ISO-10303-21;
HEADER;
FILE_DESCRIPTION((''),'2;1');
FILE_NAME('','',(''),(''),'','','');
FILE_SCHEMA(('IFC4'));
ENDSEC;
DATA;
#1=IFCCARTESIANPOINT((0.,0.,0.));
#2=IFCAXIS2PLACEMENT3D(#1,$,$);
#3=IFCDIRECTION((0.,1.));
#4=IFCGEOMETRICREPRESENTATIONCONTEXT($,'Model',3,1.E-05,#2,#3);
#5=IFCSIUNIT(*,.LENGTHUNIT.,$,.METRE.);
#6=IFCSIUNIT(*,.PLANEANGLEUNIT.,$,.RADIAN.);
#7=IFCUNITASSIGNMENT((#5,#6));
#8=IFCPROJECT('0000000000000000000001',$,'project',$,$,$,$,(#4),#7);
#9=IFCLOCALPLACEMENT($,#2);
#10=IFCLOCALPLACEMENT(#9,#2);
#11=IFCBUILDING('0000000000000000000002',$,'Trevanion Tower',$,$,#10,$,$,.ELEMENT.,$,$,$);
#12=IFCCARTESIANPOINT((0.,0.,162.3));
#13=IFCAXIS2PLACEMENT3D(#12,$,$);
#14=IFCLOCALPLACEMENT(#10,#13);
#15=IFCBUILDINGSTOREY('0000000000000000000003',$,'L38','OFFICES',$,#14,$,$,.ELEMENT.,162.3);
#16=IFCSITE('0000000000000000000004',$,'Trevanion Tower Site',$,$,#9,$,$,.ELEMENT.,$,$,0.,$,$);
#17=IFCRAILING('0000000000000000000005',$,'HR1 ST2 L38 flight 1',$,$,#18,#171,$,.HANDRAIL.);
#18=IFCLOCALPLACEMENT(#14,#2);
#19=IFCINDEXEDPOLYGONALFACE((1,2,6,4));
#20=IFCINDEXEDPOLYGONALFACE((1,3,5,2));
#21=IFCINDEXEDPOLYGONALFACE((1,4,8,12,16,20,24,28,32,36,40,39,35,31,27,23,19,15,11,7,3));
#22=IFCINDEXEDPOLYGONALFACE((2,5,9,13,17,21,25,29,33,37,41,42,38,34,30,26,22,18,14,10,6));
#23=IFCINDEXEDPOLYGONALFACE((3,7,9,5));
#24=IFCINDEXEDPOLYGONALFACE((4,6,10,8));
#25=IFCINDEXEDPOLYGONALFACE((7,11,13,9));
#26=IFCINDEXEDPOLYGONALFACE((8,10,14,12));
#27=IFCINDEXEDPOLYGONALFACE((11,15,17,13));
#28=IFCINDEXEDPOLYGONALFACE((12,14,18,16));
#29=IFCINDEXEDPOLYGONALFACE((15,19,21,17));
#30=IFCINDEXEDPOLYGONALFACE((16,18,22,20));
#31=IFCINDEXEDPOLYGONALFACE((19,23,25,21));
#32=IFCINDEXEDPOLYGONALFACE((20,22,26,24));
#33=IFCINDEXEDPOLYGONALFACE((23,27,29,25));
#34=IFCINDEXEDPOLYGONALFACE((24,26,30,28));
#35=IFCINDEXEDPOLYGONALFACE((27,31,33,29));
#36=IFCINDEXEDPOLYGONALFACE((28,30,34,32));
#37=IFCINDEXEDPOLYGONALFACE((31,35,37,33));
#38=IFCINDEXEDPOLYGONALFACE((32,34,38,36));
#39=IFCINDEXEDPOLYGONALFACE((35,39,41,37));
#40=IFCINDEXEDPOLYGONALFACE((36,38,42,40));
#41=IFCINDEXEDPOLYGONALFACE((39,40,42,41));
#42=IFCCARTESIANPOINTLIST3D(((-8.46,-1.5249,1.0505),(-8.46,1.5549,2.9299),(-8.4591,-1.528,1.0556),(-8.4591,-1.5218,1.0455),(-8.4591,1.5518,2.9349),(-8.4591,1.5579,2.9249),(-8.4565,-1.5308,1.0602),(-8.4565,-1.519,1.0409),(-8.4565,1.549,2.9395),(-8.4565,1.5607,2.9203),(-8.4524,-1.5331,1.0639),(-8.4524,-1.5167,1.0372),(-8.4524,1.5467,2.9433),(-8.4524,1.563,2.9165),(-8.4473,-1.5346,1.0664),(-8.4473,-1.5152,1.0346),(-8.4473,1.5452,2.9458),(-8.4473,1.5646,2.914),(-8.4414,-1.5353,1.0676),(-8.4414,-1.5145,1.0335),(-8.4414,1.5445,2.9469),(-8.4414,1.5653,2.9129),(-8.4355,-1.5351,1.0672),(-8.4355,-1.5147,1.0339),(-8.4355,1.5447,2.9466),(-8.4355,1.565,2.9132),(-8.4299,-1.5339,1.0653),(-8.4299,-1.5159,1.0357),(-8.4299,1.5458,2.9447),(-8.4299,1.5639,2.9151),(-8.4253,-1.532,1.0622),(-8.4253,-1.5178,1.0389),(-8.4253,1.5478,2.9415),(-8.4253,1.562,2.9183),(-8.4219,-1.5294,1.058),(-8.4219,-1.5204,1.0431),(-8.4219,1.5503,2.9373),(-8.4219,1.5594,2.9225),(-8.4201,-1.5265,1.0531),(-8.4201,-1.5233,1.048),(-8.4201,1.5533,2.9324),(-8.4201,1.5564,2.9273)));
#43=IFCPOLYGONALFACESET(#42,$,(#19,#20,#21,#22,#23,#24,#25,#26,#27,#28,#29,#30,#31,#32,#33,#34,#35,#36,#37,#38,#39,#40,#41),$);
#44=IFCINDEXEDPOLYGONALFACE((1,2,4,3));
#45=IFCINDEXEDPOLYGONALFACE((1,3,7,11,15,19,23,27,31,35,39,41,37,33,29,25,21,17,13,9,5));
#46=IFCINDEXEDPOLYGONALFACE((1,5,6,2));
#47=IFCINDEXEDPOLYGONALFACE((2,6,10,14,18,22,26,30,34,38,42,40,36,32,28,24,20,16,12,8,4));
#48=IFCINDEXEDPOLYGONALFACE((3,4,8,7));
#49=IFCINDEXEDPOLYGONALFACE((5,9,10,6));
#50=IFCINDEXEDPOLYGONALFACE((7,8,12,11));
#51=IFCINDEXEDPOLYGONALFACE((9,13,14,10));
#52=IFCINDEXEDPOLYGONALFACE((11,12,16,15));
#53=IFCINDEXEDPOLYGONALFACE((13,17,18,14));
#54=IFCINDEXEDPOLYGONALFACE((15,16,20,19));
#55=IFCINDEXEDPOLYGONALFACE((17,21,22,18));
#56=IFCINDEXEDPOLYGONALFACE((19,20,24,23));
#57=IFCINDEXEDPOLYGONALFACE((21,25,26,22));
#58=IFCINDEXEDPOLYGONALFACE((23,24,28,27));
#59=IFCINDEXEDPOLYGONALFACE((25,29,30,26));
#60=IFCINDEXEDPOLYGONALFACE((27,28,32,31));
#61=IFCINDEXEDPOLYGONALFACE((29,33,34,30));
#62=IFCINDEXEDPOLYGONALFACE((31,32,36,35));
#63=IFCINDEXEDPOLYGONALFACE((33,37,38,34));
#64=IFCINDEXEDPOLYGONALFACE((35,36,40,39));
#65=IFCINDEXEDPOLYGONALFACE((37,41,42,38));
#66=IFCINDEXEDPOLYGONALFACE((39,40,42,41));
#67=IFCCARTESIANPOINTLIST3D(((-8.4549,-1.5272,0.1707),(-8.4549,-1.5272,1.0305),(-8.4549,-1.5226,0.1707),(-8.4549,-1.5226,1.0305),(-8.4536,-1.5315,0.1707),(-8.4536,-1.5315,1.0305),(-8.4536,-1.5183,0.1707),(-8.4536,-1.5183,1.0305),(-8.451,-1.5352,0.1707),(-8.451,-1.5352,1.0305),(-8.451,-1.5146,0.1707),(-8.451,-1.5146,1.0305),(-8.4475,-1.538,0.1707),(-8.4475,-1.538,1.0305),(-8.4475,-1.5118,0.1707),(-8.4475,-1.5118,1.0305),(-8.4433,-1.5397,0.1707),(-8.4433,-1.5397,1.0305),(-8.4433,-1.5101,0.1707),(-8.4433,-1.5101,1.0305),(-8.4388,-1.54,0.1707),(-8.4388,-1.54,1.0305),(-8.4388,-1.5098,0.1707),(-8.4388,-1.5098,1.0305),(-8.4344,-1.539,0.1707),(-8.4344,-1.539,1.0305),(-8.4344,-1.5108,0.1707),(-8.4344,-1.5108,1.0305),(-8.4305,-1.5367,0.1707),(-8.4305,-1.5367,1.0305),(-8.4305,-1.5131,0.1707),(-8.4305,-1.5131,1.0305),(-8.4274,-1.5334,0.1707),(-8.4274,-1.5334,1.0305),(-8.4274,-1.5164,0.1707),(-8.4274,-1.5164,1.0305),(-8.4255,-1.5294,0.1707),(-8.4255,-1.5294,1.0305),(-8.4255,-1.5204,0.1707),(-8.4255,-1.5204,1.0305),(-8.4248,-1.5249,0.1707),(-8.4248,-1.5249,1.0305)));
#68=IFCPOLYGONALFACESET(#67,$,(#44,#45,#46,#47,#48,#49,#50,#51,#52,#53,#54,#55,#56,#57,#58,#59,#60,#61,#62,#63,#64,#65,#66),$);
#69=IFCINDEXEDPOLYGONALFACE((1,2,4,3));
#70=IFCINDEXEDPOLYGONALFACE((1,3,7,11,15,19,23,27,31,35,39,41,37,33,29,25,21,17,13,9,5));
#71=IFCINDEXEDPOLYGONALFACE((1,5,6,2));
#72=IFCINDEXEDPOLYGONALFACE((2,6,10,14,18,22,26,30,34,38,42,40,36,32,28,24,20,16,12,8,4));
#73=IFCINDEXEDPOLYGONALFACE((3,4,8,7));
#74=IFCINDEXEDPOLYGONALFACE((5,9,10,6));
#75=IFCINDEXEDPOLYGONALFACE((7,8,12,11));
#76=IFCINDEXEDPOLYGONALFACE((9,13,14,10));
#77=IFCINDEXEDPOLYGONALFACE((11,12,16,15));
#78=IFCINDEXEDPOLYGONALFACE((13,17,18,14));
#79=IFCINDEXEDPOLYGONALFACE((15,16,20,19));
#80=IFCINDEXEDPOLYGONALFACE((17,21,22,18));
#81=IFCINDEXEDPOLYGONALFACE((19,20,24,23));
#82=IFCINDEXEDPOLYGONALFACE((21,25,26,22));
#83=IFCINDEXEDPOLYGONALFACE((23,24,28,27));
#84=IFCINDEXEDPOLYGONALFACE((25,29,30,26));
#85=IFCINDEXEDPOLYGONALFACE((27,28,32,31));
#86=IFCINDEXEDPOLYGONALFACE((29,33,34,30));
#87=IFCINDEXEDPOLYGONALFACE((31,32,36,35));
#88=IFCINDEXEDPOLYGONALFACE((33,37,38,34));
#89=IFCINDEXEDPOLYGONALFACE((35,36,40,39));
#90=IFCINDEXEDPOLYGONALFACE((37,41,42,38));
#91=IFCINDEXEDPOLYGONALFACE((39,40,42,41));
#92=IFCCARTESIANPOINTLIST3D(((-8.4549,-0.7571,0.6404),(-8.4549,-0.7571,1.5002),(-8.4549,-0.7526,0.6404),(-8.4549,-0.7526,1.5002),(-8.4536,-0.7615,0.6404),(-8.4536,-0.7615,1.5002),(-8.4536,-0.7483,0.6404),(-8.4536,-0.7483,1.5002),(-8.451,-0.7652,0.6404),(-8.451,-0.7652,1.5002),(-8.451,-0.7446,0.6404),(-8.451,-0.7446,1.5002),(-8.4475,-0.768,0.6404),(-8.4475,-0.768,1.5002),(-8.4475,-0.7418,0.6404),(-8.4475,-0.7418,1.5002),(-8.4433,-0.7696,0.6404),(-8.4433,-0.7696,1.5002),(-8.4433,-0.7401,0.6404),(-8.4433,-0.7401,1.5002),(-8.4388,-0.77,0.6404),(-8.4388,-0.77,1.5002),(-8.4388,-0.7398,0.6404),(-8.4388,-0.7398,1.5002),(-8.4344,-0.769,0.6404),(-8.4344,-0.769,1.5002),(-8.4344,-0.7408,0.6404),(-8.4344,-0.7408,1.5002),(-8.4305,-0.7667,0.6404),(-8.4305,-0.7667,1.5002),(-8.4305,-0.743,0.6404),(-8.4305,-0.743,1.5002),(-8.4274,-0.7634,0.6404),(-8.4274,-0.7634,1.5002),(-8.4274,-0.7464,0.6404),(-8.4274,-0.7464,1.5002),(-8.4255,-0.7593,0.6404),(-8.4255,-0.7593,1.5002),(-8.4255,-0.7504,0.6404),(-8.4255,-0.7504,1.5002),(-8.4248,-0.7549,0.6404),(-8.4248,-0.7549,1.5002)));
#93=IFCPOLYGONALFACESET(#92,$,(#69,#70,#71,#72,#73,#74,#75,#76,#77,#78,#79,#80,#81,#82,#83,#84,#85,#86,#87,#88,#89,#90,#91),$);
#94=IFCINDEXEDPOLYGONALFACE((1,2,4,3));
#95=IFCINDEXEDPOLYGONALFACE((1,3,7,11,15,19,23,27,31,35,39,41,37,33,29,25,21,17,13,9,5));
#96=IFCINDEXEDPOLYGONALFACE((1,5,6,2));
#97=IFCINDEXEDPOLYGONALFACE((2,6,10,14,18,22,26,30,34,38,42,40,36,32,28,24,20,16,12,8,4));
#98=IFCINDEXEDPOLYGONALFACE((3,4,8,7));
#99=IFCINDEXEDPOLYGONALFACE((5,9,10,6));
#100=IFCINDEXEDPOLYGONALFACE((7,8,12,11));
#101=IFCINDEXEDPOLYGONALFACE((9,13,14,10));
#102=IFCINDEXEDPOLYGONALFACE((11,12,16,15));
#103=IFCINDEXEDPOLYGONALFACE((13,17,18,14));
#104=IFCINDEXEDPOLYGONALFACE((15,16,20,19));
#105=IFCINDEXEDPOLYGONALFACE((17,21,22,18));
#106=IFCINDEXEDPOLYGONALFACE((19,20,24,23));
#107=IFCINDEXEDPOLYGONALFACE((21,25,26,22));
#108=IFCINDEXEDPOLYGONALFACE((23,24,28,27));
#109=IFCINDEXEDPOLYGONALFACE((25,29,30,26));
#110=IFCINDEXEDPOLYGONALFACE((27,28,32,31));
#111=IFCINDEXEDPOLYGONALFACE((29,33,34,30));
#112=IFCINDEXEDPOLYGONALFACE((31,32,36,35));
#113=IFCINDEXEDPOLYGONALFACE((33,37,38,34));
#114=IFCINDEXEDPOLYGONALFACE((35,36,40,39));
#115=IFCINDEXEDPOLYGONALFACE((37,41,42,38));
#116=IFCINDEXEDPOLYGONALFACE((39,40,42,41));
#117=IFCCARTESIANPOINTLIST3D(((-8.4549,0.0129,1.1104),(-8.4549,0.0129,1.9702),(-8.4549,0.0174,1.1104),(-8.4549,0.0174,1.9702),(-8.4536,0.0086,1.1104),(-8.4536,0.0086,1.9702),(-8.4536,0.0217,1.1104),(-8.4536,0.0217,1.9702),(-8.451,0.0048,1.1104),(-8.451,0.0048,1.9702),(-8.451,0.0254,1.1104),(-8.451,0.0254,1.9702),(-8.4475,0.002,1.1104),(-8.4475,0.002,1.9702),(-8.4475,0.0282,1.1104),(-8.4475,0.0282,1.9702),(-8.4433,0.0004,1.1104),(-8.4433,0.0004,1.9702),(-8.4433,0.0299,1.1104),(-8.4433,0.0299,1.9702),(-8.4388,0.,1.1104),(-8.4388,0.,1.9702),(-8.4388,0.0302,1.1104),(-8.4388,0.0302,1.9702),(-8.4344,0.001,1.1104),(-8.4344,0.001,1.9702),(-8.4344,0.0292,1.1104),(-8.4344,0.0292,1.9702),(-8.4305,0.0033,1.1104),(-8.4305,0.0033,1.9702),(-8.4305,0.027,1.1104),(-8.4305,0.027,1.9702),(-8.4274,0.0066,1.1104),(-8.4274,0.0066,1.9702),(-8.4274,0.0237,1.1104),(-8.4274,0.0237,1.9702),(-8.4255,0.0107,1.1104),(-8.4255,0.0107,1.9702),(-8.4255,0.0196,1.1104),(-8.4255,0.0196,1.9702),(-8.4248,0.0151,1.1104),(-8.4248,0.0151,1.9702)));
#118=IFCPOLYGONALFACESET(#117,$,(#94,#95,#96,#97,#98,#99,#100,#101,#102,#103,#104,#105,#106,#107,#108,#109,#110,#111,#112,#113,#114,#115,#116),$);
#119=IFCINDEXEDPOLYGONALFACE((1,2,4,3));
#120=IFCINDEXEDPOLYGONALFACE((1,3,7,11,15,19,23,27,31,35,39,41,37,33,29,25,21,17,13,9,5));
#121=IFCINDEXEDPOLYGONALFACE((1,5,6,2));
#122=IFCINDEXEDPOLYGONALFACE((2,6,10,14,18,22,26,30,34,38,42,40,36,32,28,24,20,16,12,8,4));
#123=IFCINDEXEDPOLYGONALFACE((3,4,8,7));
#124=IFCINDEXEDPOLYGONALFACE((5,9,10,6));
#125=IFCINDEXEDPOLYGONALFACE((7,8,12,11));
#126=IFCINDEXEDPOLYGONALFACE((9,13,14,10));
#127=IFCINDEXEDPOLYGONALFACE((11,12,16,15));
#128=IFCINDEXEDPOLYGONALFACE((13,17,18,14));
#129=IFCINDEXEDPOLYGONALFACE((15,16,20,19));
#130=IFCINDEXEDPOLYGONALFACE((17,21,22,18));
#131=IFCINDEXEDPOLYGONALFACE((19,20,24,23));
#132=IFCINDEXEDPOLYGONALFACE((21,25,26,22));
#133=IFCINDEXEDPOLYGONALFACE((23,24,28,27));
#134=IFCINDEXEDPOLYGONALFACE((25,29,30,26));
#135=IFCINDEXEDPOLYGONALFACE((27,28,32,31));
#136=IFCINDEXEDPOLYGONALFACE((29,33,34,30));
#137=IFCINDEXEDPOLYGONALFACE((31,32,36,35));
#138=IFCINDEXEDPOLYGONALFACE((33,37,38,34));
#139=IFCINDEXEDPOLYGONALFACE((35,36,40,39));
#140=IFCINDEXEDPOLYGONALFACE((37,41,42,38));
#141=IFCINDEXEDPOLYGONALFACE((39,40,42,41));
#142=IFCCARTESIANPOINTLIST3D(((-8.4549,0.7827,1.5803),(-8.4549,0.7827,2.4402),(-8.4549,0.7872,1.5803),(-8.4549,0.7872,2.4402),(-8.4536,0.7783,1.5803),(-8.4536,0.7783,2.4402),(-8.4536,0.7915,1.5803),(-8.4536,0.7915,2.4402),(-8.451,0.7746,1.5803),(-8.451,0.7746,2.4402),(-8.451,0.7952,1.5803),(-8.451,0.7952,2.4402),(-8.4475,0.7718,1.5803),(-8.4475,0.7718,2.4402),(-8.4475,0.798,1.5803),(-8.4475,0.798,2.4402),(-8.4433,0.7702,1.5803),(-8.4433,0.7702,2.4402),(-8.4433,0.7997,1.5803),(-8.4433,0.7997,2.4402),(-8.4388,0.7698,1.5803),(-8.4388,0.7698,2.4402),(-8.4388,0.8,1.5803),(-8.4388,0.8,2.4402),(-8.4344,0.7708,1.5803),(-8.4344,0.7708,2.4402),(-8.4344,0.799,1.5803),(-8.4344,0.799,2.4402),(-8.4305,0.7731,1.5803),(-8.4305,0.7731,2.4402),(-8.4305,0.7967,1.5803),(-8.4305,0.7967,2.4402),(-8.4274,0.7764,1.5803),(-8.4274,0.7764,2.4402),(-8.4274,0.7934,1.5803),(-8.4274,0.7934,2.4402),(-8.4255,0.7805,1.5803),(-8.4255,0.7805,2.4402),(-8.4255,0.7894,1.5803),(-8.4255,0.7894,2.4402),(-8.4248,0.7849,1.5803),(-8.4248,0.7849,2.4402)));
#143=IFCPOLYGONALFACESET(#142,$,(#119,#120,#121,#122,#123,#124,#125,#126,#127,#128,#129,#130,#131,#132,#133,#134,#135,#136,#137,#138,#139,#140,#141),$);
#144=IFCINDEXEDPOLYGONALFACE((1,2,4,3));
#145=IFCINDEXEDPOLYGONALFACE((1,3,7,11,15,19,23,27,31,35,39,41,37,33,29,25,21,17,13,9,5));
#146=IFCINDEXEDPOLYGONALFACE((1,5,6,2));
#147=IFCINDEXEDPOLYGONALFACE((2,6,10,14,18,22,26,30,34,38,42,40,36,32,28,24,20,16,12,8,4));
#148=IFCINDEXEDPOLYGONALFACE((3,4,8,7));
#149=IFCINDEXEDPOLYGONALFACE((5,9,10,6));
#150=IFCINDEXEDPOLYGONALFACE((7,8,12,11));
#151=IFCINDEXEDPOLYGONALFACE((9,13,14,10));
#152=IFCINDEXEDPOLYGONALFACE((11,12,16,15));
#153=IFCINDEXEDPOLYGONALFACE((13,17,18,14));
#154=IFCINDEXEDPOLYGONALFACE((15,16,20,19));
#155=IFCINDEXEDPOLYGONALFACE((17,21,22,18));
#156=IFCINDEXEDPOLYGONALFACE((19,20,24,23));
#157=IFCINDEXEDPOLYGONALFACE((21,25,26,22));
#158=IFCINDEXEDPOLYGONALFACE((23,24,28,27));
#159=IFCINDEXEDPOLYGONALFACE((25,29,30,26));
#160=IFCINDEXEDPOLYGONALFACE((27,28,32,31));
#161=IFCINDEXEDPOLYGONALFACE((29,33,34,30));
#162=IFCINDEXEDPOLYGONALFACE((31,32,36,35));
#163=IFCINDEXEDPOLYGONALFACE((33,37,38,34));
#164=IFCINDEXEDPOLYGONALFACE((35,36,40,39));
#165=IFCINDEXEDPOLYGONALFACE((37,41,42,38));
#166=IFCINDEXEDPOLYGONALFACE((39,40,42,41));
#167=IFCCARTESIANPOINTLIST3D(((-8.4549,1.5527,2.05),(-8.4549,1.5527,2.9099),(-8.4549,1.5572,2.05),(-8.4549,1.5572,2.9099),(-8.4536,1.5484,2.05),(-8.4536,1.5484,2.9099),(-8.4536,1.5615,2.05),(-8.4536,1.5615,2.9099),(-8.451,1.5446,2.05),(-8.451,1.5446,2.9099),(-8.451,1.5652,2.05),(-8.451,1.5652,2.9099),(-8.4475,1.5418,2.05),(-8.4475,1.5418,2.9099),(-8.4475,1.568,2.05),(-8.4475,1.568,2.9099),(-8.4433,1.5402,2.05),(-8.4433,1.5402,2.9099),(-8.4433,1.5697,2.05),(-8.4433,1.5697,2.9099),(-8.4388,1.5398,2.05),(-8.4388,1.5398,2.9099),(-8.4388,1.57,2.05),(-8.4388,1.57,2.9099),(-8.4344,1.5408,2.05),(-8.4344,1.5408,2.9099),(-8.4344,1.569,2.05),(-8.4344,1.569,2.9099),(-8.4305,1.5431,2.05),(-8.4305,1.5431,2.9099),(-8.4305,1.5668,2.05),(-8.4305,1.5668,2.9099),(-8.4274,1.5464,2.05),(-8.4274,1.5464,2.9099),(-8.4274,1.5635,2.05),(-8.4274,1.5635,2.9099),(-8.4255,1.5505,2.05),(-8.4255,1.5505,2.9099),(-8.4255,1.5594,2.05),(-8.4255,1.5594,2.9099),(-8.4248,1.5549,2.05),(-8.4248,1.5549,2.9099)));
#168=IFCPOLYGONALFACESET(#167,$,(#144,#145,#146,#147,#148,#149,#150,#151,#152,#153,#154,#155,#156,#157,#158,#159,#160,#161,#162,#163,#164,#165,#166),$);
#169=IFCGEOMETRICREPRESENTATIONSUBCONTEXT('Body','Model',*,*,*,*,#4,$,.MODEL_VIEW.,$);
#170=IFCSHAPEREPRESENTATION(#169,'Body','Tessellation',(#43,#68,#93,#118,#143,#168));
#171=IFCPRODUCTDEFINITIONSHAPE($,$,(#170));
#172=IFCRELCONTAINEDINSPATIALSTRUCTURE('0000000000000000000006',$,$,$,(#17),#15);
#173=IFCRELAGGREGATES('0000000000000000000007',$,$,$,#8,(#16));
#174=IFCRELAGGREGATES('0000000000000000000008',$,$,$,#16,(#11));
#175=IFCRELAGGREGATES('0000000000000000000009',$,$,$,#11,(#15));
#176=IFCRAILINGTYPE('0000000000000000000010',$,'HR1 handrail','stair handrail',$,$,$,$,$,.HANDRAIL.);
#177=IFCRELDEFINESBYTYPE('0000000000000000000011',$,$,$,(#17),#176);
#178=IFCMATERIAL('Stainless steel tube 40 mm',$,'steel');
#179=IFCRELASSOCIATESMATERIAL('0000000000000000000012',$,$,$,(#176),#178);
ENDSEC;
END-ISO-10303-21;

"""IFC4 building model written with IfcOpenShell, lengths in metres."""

from ifc_helpers import new_model, si_unit, direction, frame, origin, origin_2d, place, context, subcontext, project, spatial, circle, extrude, material, type_object, element, save


model = new_model("IFC4")

# Units and contexts
model_context = context("Model", 3, precision=1e-05, world=origin(), true_north=direction((0.0, 1.0)))
body_context = subcontext(model_context, "Body", "Model", "MODEL_VIEW")
ifc_project = project(units=[si_unit("LENGTHUNIT", "METRE"), si_unit("PLANEANGLEUNIT", "RADIAN")], contexts=[model_context])

# Site, building, storey
site_placement = place(None, origin())
site = spatial("IfcSite", under=ifc_project, at=site_placement, Name="Trevanion Tower Site", CompositionType="ELEMENT", RefElevation=0.0)
building_placement = place(site_placement, origin())
building = spatial("IfcBuilding", under=site, at=building_placement, Name="Trevanion Tower", CompositionType="ELEMENT")
storey_placement = place(building_placement, frame((0.0, 0.0, 162.3)))
storey = spatial("IfcBuildingStorey", under=building, at=storey_placement, Name="L38", Description="OFFICES", CompositionType="ELEMENT", Elevation=162.3)

# Railing
ifc_material_1 = material(Name="Stainless steel tube 40 mm", Category="steel")
railing_type = type_object("IfcRailingType", Name="HR1 handrail", Description="stair handrail", PredefinedType="HANDRAIL", material=ifc_material_1)
for number, where, name in (
    (1, (-8.4399, -1.5249, 0.1707), "HR1 ST2 L38 flight 1"),
):
    element("IfcRailing", number, at=place(storey_placement, frame(where)), inside=storey, type_object=railing_type, Name=name, PredefinedType="HANDRAIL", context=body_context, shape_type="SweptSolid", body=[
        extrude(circle(Radius=0.02, at=origin_2d()), frame((0.0, 0.0, 0.8799), z_axis=(0.0, 0.853618, 0.5209), x_axis=(-1.0, 0.0, 0.0)), (0.0, 0.0, 1.0), 3.6079),
        extrude(circle(Radius=0.0151, at=origin_2d()), origin(), (0.0, 0.0, 1.0), 0.8599),
        extrude(circle(Radius=0.0151, at=origin_2d()), frame((0.0, 0.77, 0.4697)), (0.0, 0.0, 1.0), 0.8599),
        extrude(circle(Radius=0.0151, at=origin_2d()), frame((0.0, 1.54, 0.9397)), (0.0, 0.0, 1.0), 0.8599),
        extrude(circle(Radius=0.0151, at=origin_2d()), frame((0.0, 2.3098, 1.4097)), (0.0, 0.0, 1.0), 0.8599),
        extrude(circle(Radius=0.0151, at=origin_2d()), frame((0.0, 3.0798, 1.8794)), (0.0, 0.0, 1.0), 0.8599),
    ])

save(model, "model.ifc")
